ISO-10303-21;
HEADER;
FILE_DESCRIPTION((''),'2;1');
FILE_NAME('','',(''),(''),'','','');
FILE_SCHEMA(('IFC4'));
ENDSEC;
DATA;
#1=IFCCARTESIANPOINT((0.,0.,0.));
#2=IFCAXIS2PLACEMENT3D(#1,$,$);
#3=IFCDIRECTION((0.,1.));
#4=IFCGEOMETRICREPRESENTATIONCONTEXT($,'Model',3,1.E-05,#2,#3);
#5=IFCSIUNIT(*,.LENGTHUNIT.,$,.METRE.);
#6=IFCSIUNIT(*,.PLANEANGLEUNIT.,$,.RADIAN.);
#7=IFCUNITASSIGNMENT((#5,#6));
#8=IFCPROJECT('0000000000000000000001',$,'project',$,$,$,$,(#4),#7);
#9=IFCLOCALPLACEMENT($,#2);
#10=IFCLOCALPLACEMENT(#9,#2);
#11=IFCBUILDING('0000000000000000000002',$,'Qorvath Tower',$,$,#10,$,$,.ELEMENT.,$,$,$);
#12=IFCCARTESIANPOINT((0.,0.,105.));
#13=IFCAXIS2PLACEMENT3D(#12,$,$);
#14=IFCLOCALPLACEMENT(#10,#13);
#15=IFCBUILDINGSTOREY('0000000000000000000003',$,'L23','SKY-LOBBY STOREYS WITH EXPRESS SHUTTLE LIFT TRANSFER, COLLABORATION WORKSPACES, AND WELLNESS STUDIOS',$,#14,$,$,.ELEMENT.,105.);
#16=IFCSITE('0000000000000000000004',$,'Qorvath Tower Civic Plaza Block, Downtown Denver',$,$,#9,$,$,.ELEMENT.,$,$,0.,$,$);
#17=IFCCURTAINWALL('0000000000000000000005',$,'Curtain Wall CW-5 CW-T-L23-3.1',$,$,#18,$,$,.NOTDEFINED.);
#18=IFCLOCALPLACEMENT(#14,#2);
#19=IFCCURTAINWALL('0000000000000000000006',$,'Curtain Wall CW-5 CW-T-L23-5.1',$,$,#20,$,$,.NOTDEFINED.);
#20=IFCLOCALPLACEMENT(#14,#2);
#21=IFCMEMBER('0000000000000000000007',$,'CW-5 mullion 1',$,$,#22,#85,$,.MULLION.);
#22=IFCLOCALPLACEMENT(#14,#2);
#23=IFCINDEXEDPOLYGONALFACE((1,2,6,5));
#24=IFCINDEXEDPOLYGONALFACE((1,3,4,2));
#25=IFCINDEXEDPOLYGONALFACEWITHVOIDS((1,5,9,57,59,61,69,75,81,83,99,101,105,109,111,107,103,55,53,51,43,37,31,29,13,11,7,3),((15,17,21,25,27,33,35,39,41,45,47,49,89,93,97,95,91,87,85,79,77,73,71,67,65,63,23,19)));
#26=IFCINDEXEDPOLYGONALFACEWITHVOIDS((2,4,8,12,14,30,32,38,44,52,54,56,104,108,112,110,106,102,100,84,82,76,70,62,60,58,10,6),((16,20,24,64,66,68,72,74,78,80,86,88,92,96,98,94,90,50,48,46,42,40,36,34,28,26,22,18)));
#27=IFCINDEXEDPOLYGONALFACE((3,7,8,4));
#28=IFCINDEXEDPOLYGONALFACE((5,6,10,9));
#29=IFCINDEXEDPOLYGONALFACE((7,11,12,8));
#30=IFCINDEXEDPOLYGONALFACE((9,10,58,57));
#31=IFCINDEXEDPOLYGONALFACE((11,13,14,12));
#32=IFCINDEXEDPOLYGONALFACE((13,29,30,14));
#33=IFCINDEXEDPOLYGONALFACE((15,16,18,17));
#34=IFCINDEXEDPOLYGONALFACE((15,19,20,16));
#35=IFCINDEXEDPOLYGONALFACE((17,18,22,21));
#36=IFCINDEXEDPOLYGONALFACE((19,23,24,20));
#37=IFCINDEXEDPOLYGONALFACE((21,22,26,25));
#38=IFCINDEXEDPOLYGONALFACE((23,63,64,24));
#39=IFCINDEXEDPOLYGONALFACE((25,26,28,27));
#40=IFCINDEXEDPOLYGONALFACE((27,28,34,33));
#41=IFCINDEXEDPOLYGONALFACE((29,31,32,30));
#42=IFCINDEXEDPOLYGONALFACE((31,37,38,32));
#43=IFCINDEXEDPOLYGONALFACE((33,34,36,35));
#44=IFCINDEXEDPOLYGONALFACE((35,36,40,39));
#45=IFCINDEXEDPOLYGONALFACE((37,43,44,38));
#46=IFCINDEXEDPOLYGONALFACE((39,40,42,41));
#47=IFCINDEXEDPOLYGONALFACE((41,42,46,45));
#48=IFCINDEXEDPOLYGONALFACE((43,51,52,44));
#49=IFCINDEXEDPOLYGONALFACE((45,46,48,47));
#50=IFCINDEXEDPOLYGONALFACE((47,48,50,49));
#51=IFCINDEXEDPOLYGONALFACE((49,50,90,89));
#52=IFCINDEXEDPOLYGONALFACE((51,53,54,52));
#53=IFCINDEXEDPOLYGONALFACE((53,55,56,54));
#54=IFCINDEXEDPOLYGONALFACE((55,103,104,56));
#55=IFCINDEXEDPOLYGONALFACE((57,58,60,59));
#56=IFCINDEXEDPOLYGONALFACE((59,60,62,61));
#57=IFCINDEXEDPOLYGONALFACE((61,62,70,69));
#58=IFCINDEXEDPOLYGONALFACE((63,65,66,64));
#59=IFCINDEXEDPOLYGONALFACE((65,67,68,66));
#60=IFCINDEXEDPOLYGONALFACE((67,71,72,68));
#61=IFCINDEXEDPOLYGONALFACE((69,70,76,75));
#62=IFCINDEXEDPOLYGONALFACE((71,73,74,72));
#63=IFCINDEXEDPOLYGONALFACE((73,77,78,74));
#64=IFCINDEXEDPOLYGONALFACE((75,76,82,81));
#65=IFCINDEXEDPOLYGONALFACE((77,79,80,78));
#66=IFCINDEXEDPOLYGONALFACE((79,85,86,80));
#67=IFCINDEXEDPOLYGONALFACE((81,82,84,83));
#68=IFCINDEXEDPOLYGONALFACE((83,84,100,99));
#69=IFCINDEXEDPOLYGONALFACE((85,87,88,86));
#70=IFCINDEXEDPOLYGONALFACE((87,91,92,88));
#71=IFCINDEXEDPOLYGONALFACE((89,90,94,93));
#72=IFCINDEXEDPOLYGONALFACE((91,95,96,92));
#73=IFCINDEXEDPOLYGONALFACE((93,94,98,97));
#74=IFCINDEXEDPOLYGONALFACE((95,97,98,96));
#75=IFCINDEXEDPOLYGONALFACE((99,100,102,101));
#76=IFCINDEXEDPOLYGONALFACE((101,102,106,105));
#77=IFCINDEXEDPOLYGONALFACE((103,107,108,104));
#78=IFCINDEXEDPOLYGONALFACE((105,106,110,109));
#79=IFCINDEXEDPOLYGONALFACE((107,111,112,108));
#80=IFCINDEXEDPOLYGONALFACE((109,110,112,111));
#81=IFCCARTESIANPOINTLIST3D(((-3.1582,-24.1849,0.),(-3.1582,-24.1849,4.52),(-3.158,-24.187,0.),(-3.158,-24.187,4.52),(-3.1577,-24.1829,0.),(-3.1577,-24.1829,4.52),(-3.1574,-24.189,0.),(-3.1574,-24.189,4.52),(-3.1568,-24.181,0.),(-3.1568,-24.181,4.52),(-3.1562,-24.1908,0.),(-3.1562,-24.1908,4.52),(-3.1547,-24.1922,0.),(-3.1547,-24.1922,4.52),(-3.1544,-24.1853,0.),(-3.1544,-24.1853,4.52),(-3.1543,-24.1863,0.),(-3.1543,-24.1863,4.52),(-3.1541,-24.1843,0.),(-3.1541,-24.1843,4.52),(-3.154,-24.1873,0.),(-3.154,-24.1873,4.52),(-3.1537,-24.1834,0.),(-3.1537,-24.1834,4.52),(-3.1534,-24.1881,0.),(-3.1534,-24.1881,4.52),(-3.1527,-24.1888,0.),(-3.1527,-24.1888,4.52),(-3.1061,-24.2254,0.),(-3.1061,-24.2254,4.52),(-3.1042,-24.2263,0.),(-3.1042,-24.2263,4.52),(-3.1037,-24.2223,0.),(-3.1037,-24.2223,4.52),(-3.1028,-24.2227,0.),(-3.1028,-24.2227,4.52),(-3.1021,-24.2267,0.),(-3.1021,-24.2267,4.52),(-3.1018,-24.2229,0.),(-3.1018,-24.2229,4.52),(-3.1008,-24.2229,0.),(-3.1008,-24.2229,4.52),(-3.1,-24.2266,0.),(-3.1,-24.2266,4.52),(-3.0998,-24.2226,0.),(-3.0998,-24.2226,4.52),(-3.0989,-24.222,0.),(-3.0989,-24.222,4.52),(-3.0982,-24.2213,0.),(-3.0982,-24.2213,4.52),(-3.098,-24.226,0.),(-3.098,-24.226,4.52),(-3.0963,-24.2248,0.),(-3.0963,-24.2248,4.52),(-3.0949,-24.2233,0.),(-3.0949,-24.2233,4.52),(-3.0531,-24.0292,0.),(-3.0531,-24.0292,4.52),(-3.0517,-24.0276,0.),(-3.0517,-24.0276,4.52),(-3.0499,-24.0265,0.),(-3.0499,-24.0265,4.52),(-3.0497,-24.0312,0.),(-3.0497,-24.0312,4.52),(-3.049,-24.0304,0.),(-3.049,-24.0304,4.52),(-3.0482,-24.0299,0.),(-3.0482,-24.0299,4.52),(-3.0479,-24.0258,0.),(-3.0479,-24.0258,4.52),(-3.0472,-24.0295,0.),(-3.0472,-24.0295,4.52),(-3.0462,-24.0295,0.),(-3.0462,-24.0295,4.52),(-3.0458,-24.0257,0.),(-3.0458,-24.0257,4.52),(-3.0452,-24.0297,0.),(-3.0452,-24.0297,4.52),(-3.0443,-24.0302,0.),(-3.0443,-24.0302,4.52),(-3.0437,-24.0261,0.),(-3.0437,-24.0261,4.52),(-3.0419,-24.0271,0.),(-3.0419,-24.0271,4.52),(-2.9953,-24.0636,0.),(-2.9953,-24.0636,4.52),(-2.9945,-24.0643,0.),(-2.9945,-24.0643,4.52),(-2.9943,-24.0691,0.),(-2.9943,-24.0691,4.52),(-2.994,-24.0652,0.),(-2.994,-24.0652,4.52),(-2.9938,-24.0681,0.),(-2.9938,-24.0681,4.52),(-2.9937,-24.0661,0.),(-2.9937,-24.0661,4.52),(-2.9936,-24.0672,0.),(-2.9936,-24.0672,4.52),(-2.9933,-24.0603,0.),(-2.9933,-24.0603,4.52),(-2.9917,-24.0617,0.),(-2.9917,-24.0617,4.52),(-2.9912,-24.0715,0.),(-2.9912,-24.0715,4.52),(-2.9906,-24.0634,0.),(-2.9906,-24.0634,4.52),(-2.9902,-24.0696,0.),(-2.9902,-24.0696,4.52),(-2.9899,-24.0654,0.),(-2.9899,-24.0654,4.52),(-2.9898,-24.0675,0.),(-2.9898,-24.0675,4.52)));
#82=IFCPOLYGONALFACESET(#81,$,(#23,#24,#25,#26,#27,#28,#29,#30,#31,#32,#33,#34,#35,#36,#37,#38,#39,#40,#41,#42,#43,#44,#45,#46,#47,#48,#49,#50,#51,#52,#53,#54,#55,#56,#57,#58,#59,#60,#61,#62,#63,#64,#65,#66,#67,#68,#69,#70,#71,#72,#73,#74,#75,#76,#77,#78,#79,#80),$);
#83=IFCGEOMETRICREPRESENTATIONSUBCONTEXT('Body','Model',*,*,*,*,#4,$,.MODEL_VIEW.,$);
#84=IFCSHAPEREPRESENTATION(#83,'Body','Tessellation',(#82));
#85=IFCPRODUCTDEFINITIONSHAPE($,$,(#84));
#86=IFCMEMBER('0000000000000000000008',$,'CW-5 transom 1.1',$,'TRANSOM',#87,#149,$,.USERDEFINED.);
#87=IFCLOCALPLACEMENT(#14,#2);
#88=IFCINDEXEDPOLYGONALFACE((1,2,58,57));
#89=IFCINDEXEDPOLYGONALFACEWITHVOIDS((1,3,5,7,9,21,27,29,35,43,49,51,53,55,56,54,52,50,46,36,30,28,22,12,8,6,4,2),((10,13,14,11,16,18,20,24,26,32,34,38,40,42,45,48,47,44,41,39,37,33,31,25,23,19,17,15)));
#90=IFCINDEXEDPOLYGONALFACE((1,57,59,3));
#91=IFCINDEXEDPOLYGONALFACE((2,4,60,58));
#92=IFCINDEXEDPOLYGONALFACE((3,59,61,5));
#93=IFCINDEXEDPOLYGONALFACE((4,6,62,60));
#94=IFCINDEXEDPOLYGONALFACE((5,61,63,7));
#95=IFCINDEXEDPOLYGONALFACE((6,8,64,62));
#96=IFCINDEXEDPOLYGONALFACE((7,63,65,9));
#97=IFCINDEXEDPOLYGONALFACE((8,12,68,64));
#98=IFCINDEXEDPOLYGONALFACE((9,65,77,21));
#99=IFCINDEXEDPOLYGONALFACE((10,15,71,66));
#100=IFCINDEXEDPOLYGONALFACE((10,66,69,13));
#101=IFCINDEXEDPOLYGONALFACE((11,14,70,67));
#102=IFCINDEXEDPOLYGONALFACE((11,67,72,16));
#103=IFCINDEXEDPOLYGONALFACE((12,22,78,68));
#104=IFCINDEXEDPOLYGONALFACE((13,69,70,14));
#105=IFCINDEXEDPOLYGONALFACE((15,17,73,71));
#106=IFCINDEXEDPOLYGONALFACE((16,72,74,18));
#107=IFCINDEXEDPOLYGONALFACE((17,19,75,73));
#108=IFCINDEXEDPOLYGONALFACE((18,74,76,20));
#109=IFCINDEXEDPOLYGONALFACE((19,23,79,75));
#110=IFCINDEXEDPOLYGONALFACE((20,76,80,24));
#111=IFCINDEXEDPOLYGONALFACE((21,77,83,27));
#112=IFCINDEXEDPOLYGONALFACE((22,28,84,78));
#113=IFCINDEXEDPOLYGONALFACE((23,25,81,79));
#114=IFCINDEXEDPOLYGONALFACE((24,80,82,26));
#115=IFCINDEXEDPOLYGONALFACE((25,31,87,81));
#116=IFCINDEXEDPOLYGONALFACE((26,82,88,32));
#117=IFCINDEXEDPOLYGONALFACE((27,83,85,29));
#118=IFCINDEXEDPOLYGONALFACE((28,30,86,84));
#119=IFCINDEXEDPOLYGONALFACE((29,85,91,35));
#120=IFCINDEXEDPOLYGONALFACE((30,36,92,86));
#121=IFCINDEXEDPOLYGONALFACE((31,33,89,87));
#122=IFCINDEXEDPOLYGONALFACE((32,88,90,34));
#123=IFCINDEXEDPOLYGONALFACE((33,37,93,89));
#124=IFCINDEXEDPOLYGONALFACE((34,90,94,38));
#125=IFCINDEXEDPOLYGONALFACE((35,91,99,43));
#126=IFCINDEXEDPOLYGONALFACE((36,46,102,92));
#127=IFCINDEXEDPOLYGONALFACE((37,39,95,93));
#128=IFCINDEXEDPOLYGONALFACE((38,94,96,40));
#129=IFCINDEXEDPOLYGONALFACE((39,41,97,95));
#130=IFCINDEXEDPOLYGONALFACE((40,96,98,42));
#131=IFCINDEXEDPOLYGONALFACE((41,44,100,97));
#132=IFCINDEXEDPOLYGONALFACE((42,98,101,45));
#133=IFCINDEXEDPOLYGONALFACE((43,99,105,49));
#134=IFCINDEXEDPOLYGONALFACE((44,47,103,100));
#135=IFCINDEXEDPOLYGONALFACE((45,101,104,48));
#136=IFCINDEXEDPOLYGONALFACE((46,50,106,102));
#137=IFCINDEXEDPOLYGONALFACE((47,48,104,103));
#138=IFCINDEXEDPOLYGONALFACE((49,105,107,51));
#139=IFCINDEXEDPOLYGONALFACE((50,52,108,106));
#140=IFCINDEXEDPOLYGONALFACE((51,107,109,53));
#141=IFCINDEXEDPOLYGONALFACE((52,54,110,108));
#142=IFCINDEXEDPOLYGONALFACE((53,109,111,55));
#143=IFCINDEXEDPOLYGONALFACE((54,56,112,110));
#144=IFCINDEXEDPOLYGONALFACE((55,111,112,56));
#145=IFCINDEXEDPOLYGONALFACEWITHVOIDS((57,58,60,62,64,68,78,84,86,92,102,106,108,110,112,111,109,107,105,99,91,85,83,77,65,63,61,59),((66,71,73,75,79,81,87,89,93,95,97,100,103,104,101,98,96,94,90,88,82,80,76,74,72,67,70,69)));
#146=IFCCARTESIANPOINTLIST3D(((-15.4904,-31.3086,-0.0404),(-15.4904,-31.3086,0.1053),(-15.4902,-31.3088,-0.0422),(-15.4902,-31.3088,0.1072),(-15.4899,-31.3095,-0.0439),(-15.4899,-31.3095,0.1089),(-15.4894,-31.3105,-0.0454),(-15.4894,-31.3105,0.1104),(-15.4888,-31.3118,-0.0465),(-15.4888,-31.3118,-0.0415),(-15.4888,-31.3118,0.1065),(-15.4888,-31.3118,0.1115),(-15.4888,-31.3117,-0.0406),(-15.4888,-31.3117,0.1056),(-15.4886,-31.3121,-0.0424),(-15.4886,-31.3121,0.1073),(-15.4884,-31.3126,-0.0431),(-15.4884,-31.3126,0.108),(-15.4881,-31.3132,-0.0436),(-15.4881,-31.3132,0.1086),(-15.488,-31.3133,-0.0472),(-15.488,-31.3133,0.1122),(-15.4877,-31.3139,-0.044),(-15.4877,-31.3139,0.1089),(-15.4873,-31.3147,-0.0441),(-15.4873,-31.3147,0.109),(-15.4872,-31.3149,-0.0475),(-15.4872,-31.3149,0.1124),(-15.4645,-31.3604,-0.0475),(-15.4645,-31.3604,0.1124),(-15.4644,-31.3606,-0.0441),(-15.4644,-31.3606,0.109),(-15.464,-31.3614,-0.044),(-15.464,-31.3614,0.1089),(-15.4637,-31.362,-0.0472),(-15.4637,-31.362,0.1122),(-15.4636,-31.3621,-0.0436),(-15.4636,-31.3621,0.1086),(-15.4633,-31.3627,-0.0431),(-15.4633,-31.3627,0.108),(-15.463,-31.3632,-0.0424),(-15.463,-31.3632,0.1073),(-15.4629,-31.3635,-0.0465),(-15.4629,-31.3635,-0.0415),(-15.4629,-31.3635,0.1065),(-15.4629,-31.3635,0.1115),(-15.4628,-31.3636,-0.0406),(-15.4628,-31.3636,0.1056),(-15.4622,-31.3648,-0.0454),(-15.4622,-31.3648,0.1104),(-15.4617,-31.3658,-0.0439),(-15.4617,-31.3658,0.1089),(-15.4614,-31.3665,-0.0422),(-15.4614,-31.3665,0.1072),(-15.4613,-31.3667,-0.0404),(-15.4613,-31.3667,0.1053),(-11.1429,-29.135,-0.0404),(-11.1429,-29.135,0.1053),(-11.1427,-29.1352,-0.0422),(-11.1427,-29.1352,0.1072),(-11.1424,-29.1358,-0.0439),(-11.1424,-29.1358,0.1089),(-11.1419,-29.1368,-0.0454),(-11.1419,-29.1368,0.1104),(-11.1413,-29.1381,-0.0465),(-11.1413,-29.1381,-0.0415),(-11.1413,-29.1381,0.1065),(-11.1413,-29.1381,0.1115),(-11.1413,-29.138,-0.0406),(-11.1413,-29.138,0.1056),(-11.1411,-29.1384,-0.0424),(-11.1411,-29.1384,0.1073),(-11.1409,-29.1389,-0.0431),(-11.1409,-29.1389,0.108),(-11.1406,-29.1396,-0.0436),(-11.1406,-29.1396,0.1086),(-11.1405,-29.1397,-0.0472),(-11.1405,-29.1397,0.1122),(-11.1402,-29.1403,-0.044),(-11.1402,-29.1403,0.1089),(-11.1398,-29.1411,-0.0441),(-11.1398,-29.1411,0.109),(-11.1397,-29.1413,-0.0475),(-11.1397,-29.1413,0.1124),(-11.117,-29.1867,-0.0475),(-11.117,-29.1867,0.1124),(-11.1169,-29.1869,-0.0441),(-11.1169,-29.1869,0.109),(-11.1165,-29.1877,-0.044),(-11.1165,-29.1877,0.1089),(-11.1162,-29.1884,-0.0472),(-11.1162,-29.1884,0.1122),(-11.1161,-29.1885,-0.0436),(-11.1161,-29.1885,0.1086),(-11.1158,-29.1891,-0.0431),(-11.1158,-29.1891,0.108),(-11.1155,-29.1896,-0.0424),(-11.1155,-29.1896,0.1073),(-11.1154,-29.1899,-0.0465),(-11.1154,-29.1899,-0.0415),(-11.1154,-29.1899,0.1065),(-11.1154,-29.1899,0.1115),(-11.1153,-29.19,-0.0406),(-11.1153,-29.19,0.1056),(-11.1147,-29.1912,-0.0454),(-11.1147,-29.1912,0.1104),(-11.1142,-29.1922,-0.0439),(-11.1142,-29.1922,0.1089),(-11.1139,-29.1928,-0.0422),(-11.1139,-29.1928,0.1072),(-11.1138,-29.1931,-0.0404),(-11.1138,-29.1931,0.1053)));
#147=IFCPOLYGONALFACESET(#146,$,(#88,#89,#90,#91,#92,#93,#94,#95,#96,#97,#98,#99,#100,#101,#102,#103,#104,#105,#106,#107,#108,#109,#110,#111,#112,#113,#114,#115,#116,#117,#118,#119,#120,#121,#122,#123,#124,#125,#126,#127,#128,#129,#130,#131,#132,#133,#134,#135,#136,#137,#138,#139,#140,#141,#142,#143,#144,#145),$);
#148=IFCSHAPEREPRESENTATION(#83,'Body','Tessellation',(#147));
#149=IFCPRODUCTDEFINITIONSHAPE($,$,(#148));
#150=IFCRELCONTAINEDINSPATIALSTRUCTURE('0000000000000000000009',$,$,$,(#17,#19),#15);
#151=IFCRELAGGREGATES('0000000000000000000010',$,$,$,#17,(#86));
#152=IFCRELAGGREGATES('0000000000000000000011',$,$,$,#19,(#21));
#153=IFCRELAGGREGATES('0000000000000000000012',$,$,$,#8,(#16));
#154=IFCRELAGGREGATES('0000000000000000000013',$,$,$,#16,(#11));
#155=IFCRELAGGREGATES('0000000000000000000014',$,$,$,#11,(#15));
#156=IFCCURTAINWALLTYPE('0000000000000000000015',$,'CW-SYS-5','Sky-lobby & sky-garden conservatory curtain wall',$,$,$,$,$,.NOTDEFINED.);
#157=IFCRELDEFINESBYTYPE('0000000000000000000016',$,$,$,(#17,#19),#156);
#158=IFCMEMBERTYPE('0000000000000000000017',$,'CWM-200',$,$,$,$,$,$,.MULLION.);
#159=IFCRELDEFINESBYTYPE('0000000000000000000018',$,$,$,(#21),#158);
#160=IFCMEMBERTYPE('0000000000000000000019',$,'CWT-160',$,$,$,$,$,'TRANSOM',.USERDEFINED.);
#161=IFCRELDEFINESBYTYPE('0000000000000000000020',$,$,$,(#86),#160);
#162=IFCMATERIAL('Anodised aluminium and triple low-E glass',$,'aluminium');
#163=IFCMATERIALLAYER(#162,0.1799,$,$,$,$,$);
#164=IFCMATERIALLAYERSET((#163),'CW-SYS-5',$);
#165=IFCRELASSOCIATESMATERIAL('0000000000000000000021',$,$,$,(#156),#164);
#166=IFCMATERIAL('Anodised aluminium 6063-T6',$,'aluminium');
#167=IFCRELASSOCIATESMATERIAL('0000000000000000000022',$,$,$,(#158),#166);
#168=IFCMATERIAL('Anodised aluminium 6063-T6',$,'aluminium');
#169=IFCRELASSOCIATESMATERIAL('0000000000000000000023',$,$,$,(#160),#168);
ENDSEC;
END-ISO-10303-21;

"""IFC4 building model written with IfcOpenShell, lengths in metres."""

from ifc_helpers import new_model, si_unit, direction, frame, origin, origin_2d, place, context, subcontext, project, spatial, hollow_rectangle, extrude, material, layer, layer_set, material_profile, profile_set, type_object, element, aggregate, save


model = new_model("IFC4")

# Units and contexts
model_context = context("Model", 3, precision=1e-05, world=origin(), true_north=direction((0.0, 1.0)))
body_context = subcontext(model_context, "Body", "Model", "MODEL_VIEW")
ifc_project = project(units=[si_unit("LENGTHUNIT", "METRE"), si_unit("PLANEANGLEUNIT", "RADIAN")], contexts=[model_context])

# Site, building, storey
site_placement = place(None, origin())
site = spatial("IfcSite", under=ifc_project, at=site_placement, Name="Qorvath Tower Civic Plaza Block, Downtown Denver", CompositionType="ELEMENT", RefElevation=0.0)
building_placement = place(site_placement, origin())
building = spatial("IfcBuilding", under=site, at=building_placement, Name="Qorvath Tower", CompositionType="ELEMENT")
storey_placement = place(building_placement, frame((0.0, 0.0, 105.0)))
storey = spatial("IfcBuildingStorey", under=building, at=storey_placement, Name="L23", Description="SKY-LOBBY STOREYS WITH EXPRESS SHUTTLE LIFT TRANSFER, COLLABORATION WORKSPACES, AND WELLNESS STUDIOS", CompositionType="ELEMENT", Elevation=105.0)

# Shared definitions
ifc_material_1 = material(Name="Anodised aluminium and triple low-E glass", Category="aluminium")
ifc_layer_1 = layer(ifc_material_1, 0.1799)
ifc_layer_set_1 = layer_set([ifc_layer_1], Name="CW-SYS-5")
curtain_wall_type = type_object("IfcCurtainWallType", Name="CW-SYS-5", Description="Sky-lobby & sky-garden conservatory curtain wall", PredefinedType="NOTDEFINED", material=ifc_layer_set_1)
ifc_material_2 = material(Name="Anodised aluminium 6063-T6", Category="aluminium")
ifc_material_profile_1 = material_profile(ifc_material_2, hollow_rectangle(XDim=0.075, YDim=0.2, WallThickness=0.0039, InnerFilletRadius=0.0039, OuterFilletRadius=0.0081, at=origin_2d()), Name="CWM 200x75")
ifc_profile_set_1 = profile_set([ifc_material_profile_1], Name="Anodised aluminium 6063-T6")
member_type_1 = type_object("IfcMemberType", Name="CWM-200", PredefinedType="MULLION", material=ifc_profile_set_1)

# Curtain wall
curtain_wall_1_placement = place(storey_placement, origin())
curtain_wall_1 = element("IfcCurtainWall", 1, at=curtain_wall_1_placement, inside=storey, type_object=curtain_wall_type, Name="Curtain Wall CW-5 CW-T-L23-3.1", PredefinedType="NOTDEFINED")

# Curtain wall, member
curtain_wall_2_placement = place(storey_placement, origin())
curtain_wall_2 = element("IfcCurtainWall", 2, at=curtain_wall_2_placement, inside=storey, type_object=curtain_wall_type, Name="Curtain Wall CW-5 CW-T-L23-5.1", PredefinedType="NOTDEFINED")
member_1_placement = place(storey_placement, frame((-3.074, -24.1262, 0.0), z_axis=(0.0, 0.0, 1.0), x_axis=(-0.825693, 0.56412, 0.0)))
member_1 = element("IfcMember", 3, at=member_1_placement, type_object=member_type_1, Name="CW-5 mullion 1", PredefinedType="MULLION", context=body_context, shape_type="SweptSolid", body=[
    extrude(hollow_rectangle(XDim=0.075, YDim=0.2, WallThickness=0.0039, InnerFilletRadius=0.0039, OuterFilletRadius=0.0081, at=origin_2d()), origin(), (0.0, 0.0, 1.0), 4.52),
])

# Member
ifc_material_3 = material(Name="Anodised aluminium 6063-T6", Category="aluminium")
ifc_material_profile_2 = material_profile(ifc_material_3, hollow_rectangle(XDim=0.0649, YDim=0.1599, WallThickness=0.0034, InnerFilletRadius=0.0034, OuterFilletRadius=0.0071, at=origin_2d()), Name="CWT 160x65")
ifc_profile_set_2 = profile_set([ifc_material_profile_2], Name="Anodised aluminium 6063-T6")
member_type_2 = type_object("IfcMemberType", Name="CWT-160", ElementType="TRANSOM", PredefinedType="USERDEFINED", material=ifc_profile_set_2)
member_2_placement = place(storey_placement, frame((-15.4758, -31.3376, 0.0325), z_axis=(0.894437, 0.447194, 0.0), x_axis=(-0.447194, 0.894437, 0.0)))
member_2 = element("IfcMember", 4, at=member_2_placement, type_object=member_type_2, Name="CW-5 transom 1.1", ObjectType="TRANSOM", PredefinedType="USERDEFINED", context=body_context, shape_type="SweptSolid", body=[
    extrude(hollow_rectangle(XDim=0.0649, YDim=0.1599, WallThickness=0.0034, InnerFilletRadius=0.0034, OuterFilletRadius=0.0071, at=origin_2d()), origin(), (0.0, 0.0, 1.0), 4.8606),
])

aggregate(curtain_wall_1, [member_2])
aggregate(curtain_wall_2, [member_1])

save(model, "model.ifc")
